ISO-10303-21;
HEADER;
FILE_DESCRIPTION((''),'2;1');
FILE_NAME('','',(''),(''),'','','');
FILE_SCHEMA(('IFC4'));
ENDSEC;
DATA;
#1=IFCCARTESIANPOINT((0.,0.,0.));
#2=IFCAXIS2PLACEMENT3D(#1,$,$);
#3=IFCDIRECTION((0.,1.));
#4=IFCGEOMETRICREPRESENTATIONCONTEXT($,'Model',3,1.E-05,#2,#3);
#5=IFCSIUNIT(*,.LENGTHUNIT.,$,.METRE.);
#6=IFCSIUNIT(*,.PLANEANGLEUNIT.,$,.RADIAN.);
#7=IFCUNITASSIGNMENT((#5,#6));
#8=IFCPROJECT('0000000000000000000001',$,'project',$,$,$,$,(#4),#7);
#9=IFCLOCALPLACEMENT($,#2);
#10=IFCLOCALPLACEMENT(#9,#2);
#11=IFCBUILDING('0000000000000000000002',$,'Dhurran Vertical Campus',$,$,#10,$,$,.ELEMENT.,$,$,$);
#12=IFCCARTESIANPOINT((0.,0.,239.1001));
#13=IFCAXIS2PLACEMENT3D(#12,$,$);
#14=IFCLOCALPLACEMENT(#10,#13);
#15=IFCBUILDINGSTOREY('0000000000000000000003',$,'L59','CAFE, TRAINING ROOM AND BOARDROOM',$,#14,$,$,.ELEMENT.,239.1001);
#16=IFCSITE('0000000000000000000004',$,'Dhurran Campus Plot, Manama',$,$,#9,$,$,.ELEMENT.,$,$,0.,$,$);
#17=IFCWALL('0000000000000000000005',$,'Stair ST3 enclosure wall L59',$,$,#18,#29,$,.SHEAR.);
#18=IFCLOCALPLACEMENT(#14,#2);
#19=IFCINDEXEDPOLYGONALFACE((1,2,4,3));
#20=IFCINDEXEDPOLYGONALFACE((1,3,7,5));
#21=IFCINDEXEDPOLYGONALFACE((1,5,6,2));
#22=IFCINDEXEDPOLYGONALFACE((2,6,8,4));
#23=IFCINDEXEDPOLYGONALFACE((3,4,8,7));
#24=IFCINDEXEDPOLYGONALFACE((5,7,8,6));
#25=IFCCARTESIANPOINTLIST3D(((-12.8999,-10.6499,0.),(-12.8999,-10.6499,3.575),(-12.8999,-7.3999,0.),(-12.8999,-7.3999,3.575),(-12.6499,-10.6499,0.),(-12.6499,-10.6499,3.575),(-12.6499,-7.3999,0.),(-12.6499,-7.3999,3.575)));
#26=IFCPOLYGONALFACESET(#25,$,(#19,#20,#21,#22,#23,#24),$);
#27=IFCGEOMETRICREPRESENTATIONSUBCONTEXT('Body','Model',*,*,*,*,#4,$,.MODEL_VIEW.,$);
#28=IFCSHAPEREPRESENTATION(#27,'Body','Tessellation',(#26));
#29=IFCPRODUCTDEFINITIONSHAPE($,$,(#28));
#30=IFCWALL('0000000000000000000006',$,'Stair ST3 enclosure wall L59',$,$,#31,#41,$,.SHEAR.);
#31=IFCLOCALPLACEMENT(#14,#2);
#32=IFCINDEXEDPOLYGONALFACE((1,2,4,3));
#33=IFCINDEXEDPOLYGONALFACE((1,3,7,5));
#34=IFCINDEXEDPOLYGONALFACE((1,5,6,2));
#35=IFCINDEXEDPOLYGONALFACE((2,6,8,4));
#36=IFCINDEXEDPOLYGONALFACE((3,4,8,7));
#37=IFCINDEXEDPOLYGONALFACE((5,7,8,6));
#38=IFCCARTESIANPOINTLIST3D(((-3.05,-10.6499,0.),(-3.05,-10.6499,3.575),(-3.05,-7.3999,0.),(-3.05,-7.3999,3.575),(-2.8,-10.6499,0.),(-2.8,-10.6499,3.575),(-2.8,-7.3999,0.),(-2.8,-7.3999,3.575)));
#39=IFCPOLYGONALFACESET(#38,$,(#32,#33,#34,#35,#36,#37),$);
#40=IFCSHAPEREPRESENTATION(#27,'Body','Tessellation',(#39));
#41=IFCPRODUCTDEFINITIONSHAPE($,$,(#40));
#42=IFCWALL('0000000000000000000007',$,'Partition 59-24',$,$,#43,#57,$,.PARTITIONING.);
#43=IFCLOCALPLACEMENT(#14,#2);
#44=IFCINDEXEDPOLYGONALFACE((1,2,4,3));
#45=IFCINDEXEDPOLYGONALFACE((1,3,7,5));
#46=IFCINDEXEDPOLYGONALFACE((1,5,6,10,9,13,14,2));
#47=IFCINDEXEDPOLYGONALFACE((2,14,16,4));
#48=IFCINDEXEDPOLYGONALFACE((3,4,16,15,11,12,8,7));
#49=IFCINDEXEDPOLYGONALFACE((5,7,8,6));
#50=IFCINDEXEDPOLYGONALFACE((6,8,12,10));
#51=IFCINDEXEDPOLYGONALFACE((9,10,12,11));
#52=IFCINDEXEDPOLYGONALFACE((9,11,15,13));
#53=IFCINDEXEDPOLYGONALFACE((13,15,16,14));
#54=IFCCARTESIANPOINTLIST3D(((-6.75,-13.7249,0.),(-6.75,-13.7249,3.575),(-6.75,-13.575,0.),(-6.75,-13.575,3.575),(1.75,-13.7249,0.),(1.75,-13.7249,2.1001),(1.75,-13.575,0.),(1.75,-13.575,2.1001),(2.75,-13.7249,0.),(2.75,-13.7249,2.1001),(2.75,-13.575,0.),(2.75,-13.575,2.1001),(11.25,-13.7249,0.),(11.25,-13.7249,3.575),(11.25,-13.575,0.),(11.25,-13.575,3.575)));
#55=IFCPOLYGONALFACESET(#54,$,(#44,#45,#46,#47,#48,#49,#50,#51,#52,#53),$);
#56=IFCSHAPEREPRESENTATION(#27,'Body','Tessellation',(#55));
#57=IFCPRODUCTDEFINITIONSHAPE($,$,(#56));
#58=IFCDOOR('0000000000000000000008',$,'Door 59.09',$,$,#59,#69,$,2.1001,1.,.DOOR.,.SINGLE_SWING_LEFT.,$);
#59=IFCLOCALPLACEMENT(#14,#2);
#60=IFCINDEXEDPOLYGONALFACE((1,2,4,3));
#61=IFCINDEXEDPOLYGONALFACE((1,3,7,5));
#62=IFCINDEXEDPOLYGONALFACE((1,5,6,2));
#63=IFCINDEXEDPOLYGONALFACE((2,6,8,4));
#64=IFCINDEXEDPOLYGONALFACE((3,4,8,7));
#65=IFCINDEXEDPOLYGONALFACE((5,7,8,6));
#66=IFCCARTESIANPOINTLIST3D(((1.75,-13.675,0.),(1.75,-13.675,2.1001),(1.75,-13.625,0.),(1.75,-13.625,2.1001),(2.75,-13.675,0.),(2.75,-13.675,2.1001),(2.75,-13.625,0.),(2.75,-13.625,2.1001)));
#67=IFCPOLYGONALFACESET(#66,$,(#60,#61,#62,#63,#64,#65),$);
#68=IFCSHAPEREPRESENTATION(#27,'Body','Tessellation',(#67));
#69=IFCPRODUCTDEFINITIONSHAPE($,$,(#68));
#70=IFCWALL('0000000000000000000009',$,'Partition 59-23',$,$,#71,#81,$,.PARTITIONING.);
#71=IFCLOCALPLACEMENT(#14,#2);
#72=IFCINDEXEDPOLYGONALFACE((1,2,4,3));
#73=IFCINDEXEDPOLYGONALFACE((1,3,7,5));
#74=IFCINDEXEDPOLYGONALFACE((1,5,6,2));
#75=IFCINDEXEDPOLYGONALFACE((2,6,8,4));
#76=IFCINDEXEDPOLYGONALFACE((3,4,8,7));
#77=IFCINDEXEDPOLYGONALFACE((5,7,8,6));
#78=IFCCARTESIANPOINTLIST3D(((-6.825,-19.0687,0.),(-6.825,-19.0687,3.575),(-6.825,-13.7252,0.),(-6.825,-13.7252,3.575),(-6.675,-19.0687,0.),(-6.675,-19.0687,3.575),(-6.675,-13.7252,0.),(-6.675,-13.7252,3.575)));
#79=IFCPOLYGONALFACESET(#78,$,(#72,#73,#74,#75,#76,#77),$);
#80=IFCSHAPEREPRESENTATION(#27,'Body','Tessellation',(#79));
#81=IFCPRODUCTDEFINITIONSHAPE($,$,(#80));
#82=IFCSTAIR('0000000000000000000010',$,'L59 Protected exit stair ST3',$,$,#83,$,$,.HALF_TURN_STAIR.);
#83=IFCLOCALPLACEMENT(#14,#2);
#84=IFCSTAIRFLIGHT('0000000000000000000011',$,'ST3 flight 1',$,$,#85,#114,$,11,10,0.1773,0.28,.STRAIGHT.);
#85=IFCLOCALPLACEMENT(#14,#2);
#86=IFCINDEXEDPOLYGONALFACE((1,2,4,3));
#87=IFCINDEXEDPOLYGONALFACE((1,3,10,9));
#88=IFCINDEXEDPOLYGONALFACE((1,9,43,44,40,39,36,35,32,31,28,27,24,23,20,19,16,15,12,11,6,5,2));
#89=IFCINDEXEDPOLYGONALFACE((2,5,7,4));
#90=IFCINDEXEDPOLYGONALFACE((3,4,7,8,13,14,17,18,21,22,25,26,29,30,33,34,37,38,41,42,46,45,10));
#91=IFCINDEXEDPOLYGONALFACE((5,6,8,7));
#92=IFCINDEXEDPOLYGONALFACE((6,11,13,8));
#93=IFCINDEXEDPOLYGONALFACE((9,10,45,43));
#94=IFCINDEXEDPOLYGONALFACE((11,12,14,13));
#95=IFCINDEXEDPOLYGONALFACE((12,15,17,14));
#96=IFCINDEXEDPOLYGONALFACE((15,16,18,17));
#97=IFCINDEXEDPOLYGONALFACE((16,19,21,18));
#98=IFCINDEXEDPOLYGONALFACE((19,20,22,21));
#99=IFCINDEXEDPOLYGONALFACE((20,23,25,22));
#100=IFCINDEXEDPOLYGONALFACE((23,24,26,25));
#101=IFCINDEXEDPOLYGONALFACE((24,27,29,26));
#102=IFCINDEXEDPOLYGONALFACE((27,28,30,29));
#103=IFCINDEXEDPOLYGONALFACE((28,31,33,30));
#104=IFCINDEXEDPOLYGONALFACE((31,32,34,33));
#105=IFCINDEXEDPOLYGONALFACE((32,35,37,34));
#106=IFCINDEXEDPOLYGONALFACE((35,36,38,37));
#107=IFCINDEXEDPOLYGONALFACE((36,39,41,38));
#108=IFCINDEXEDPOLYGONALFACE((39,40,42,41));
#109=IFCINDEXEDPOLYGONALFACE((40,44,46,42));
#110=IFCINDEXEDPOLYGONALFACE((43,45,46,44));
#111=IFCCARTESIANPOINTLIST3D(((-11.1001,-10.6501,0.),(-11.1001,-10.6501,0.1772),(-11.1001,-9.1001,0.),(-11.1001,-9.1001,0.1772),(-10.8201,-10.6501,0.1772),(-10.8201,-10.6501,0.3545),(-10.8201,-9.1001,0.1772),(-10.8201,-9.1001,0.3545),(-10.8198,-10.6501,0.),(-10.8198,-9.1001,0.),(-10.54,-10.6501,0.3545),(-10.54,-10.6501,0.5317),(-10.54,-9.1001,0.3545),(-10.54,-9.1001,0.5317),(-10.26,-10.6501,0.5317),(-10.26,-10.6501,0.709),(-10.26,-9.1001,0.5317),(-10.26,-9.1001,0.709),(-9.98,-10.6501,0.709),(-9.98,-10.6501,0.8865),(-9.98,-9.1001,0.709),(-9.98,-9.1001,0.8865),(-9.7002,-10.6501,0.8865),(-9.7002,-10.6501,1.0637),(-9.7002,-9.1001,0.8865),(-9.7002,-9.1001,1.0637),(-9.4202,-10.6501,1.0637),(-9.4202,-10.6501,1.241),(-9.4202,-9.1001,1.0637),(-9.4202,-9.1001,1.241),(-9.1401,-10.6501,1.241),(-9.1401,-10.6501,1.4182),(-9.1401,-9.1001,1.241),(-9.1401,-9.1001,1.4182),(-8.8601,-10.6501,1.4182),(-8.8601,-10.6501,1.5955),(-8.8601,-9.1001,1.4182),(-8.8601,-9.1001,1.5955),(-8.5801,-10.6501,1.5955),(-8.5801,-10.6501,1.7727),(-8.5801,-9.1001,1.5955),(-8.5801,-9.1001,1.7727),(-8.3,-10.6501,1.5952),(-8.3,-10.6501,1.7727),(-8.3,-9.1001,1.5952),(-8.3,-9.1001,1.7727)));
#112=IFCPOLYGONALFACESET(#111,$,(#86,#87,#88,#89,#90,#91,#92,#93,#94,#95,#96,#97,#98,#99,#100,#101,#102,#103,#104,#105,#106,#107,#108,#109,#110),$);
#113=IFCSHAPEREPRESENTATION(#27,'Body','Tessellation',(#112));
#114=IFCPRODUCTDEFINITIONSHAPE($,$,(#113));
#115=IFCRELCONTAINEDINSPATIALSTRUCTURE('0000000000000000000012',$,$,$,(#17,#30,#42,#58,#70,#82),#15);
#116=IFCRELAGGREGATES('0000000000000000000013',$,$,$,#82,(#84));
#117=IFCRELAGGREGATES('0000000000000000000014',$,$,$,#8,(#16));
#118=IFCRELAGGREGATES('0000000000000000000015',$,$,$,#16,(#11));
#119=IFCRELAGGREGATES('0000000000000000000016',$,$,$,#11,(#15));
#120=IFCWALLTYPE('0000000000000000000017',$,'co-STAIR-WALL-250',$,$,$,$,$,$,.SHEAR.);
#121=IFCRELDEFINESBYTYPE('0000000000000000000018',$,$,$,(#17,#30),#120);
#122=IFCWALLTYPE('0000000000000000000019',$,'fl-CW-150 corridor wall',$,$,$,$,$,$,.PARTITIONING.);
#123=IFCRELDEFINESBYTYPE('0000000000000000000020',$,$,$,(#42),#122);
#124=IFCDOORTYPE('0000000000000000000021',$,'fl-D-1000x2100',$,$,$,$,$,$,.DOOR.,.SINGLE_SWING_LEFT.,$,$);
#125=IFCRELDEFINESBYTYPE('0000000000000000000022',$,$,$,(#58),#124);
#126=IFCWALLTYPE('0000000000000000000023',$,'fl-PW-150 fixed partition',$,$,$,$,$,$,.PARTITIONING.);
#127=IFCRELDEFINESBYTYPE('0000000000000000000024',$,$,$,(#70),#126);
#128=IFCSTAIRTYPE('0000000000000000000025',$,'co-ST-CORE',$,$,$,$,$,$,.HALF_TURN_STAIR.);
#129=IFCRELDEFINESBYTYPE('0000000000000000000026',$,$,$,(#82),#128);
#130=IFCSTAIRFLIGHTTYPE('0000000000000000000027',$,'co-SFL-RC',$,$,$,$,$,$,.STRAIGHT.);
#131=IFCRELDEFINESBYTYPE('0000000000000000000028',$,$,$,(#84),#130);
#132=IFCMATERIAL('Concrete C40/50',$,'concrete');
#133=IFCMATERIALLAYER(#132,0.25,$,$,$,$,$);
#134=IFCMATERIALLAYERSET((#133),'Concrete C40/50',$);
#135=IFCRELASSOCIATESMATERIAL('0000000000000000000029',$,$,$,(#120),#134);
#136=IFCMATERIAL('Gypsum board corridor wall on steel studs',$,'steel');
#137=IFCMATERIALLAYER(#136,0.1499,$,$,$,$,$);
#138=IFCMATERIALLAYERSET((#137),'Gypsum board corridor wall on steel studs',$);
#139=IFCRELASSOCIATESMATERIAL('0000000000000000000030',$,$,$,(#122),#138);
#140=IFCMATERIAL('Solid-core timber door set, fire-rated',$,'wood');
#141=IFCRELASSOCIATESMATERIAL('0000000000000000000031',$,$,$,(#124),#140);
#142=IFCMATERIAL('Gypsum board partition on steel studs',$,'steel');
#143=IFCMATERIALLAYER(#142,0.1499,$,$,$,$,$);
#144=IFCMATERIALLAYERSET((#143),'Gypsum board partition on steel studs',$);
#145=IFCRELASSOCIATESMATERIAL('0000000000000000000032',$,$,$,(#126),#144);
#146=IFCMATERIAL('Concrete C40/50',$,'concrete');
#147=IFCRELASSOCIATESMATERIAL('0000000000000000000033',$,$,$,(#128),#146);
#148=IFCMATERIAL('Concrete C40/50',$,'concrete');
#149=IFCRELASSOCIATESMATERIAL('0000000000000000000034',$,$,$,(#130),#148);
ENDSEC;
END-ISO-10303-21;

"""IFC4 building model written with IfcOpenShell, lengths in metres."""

from ifc_helpers import new_model, si_unit, direction, frame, frame_2d, origin, place, context, subcontext, project, spatial, polyline, rectangle, outline, extrude, material, layer, layer_set, type_object, element, fill, aggregate, save


model = new_model("IFC4")

# Units and contexts
model_context = context("Model", 3, precision=1e-05, world=origin(), true_north=direction((0.0, 1.0)))
body_context = subcontext(model_context, "Body", "Model", "MODEL_VIEW")
ifc_project = project(units=[si_unit("LENGTHUNIT", "METRE"), si_unit("PLANEANGLEUNIT", "RADIAN")], contexts=[model_context])

# Site, building, storey
site_placement = place(None, origin())
site = spatial("IfcSite", under=ifc_project, at=site_placement, Name="Dhurran Campus Plot, Manama", CompositionType="ELEMENT", RefElevation=0.0)
building_placement = place(site_placement, origin())
building = spatial("IfcBuilding", under=site, at=building_placement, Name="Dhurran Vertical Campus", CompositionType="ELEMENT")
storey_placement = place(building_placement, frame((0.0, 0.0, 239.1001)))
storey = spatial("IfcBuildingStorey", under=building, at=storey_placement, Name="L59", Description="CAFE, TRAINING ROOM AND BOARDROOM", CompositionType="ELEMENT", Elevation=239.1001)

# Walls
ifc_material_1 = material(Name="Concrete C40/50", Category="concrete")
ifc_layer_1 = layer(ifc_material_1, 0.25)
ifc_layer_set_1 = layer_set([ifc_layer_1], Name="Concrete C40/50")
wall_type_1 = type_object("IfcWallType", Name="co-STAIR-WALL-250", PredefinedType="SHEAR", material=ifc_layer_set_1)
for number, where, z_axis, x_axis, name in (
    (1, (-12.7749, -10.6499, 0.0), (0.0, 0.0, 1.0), (0.0, 1.0, 0.0), "Stair ST3 enclosure wall L59"),
    (2, (-2.925, -10.6499, 0.0), (0.0, 0.0, 1.0), (0.0, 1.0, 0.0), "Stair ST3 enclosure wall L59"),
):
    element("IfcWall", number, at=place(storey_placement, frame(where, z_axis=z_axis, x_axis=x_axis)), inside=storey, type_object=wall_type_1, Name=name, PredefinedType="SHEAR", context=body_context, shape_type="SweptSolid", body=[
        extrude(rectangle(XDim=3.25, YDim=0.25, at=frame_2d((1.625, 0.0))), origin(), (0.0, 0.0, 1.0), 3.575),
    ])

# Wall, opening, door
ifc_material_2 = material(Name="Gypsum board corridor wall on steel studs", Category="steel")
ifc_layer_2 = layer(ifc_material_2, 0.1499)
ifc_layer_set_2 = layer_set([ifc_layer_2], Name="Gypsum board corridor wall on steel studs")
wall_type_2 = type_object("IfcWallType", Name="fl-CW-150 corridor wall", PredefinedType="PARTITIONING", material=ifc_layer_set_2)
wall_1_placement = place(storey_placement, frame((-6.75, -13.6499, 0.0), z_axis=(0.0, 0.0, 1.0), x_axis=(1.0, 0.0, 0.0)))
wall_1 = element("IfcWall", 3, at=wall_1_placement, inside=storey, type_object=wall_type_2, Name="Partition 59-24", PredefinedType="PARTITIONING", context=body_context, shape_type="SweptSolid", body=[
    extrude(rectangle(XDim=18.0, YDim=0.1499, at=frame_2d((9.0, 0.0))), origin(), (0.0, 0.0, 1.0), 3.575),
])
opening_1_placement = place(wall_1_placement, frame((8.5, 0.0, 0.0)))
opening_1 = element("IfcOpeningElement", 4, at=opening_1_placement, cuts=wall_1, PredefinedType="OPENING", context=body_context, shape_type="SweptSolid", body=[
    extrude(rectangle(XDim=1.0, YDim=2.1001, at=frame_2d((0.5, 1.05))), frame((0.0, 0.085, 0.0), z_axis=(0.0, -1.0, 0.0), x_axis=(1.0, 0.0, 0.0)), (0.0, 0.0, 1.0), 0.1699),
])
ifc_material_3 = material(Name="Solid-core timber door set, fire-rated", Category="wood")
door_type_1 = type_object("IfcDoorType", Name="fl-D-1000x2100", OperationType="SINGLE_SWING_LEFT", PredefinedType="DOOR", material=ifc_material_3)
door_1_placement = place(opening_1_placement, origin())
door_1 = element("IfcDoor", 5, at=door_1_placement, inside=storey, type_object=door_type_1, Name="Door 59.09", OperationType="SINGLE_SWING_LEFT", OverallHeight=2.1001, OverallWidth=1.0, PredefinedType="DOOR", context=body_context, shape_type="SweptSolid", body=[
    extrude(rectangle(XDim=1.0, YDim=2.1001, at=frame_2d((0.5, 1.05))), frame((0.0, 0.0249, 0.0), z_axis=(0.0, -1.0, 0.0), x_axis=(1.0, 0.0, 0.0)), (0.0, 0.0, 1.0), 0.05),
])
fill(opening_1, door_1)

# Wall
ifc_material_4 = material(Name="Gypsum board partition on steel studs", Category="steel")
ifc_layer_3 = layer(ifc_material_4, 0.1499)
ifc_layer_set_3 = layer_set([ifc_layer_3], Name="Gypsum board partition on steel studs")
wall_type_3 = type_object("IfcWallType", Name="fl-PW-150 fixed partition", PredefinedType="PARTITIONING", material=ifc_layer_set_3)
wall_2_placement = place(storey_placement, frame((-6.75, -13.7251, 0.0), z_axis=(0.0, 0.0, 1.0), x_axis=(0.0, -1.0, 0.0)))
element("IfcWall", 6, at=wall_2_placement, inside=storey, type_object=wall_type_3, Name="Partition 59-23", PredefinedType="PARTITIONING", context=body_context, shape_type="SweptSolid", body=[
    extrude(rectangle(XDim=5.3435, YDim=0.1499, at=frame_2d((2.6719, 0.0))), origin(), (0.0, 0.0, 1.0), 3.575),
])

# Stair, stair flight
ifc_material_5 = material(Name="Concrete C40/50", Category="concrete")
stair_type = type_object("IfcStairType", Name="co-ST-CORE", PredefinedType="HALF_TURN_STAIR", material=ifc_material_5)
stair_placement = place(storey_placement, origin())
stair = element("IfcStair", 7, at=stair_placement, inside=storey, type_object=stair_type, Name="L59 Protected exit stair ST3", PredefinedType="HALF_TURN_STAIR")
ifc_material_6 = material(Name="Concrete C40/50", Category="concrete")
stair_flight_type = type_object("IfcStairFlightType", Name="co-SFL-RC", PredefinedType="STRAIGHT", material=ifc_material_6)
stair_flight_placement = place(storey_placement, frame((-11.1001, -9.875, 0.0), z_axis=(0.0, 0.0, 1.0), x_axis=(1.0, 0.0, 0.0)))
stair_flight = element("IfcStairFlight", 8, at=stair_flight_placement, type_object=stair_flight_type, Name="ST3 flight 1", NumberOfRisers=11, NumberOfTreads=10, PredefinedType="STRAIGHT", RiserHeight=0.1773, TreadLength=0.28, context=body_context, shape_type="SweptSolid", body=[
    extrude(outline(polyline([(0.0, 0.0), (0.0, 0.1772), (0.28, 0.1772), (0.28, 0.3545), (0.5601, 0.3545), (0.5601, 0.5317), (0.8401, 0.5317), (0.8401, 0.709), (1.1201, 0.709), (1.1201, 0.8865), (1.3999, 0.8865), (1.3999, 1.0637), (1.6799, 1.0637), (1.6799, 1.241), (1.96, 1.241), (1.96, 1.4182), (2.24, 1.4182), (2.24, 1.5955), (2.52, 1.5955), (2.52, 1.7727), (2.8, 1.7727), (2.8, 1.95), (2.8, 1.5952), (0.2803, 0.0), (0.0, 0.0)])), frame((0.0, 0.7749, 0.0), z_axis=(0.0, -1.0, 0.0), x_axis=(1.0, 0.0, 0.0)), (0.0, 0.0, 1.0), 1.55),
])
aggregate(stair, [stair_flight])

save(model, "model.ifc")
